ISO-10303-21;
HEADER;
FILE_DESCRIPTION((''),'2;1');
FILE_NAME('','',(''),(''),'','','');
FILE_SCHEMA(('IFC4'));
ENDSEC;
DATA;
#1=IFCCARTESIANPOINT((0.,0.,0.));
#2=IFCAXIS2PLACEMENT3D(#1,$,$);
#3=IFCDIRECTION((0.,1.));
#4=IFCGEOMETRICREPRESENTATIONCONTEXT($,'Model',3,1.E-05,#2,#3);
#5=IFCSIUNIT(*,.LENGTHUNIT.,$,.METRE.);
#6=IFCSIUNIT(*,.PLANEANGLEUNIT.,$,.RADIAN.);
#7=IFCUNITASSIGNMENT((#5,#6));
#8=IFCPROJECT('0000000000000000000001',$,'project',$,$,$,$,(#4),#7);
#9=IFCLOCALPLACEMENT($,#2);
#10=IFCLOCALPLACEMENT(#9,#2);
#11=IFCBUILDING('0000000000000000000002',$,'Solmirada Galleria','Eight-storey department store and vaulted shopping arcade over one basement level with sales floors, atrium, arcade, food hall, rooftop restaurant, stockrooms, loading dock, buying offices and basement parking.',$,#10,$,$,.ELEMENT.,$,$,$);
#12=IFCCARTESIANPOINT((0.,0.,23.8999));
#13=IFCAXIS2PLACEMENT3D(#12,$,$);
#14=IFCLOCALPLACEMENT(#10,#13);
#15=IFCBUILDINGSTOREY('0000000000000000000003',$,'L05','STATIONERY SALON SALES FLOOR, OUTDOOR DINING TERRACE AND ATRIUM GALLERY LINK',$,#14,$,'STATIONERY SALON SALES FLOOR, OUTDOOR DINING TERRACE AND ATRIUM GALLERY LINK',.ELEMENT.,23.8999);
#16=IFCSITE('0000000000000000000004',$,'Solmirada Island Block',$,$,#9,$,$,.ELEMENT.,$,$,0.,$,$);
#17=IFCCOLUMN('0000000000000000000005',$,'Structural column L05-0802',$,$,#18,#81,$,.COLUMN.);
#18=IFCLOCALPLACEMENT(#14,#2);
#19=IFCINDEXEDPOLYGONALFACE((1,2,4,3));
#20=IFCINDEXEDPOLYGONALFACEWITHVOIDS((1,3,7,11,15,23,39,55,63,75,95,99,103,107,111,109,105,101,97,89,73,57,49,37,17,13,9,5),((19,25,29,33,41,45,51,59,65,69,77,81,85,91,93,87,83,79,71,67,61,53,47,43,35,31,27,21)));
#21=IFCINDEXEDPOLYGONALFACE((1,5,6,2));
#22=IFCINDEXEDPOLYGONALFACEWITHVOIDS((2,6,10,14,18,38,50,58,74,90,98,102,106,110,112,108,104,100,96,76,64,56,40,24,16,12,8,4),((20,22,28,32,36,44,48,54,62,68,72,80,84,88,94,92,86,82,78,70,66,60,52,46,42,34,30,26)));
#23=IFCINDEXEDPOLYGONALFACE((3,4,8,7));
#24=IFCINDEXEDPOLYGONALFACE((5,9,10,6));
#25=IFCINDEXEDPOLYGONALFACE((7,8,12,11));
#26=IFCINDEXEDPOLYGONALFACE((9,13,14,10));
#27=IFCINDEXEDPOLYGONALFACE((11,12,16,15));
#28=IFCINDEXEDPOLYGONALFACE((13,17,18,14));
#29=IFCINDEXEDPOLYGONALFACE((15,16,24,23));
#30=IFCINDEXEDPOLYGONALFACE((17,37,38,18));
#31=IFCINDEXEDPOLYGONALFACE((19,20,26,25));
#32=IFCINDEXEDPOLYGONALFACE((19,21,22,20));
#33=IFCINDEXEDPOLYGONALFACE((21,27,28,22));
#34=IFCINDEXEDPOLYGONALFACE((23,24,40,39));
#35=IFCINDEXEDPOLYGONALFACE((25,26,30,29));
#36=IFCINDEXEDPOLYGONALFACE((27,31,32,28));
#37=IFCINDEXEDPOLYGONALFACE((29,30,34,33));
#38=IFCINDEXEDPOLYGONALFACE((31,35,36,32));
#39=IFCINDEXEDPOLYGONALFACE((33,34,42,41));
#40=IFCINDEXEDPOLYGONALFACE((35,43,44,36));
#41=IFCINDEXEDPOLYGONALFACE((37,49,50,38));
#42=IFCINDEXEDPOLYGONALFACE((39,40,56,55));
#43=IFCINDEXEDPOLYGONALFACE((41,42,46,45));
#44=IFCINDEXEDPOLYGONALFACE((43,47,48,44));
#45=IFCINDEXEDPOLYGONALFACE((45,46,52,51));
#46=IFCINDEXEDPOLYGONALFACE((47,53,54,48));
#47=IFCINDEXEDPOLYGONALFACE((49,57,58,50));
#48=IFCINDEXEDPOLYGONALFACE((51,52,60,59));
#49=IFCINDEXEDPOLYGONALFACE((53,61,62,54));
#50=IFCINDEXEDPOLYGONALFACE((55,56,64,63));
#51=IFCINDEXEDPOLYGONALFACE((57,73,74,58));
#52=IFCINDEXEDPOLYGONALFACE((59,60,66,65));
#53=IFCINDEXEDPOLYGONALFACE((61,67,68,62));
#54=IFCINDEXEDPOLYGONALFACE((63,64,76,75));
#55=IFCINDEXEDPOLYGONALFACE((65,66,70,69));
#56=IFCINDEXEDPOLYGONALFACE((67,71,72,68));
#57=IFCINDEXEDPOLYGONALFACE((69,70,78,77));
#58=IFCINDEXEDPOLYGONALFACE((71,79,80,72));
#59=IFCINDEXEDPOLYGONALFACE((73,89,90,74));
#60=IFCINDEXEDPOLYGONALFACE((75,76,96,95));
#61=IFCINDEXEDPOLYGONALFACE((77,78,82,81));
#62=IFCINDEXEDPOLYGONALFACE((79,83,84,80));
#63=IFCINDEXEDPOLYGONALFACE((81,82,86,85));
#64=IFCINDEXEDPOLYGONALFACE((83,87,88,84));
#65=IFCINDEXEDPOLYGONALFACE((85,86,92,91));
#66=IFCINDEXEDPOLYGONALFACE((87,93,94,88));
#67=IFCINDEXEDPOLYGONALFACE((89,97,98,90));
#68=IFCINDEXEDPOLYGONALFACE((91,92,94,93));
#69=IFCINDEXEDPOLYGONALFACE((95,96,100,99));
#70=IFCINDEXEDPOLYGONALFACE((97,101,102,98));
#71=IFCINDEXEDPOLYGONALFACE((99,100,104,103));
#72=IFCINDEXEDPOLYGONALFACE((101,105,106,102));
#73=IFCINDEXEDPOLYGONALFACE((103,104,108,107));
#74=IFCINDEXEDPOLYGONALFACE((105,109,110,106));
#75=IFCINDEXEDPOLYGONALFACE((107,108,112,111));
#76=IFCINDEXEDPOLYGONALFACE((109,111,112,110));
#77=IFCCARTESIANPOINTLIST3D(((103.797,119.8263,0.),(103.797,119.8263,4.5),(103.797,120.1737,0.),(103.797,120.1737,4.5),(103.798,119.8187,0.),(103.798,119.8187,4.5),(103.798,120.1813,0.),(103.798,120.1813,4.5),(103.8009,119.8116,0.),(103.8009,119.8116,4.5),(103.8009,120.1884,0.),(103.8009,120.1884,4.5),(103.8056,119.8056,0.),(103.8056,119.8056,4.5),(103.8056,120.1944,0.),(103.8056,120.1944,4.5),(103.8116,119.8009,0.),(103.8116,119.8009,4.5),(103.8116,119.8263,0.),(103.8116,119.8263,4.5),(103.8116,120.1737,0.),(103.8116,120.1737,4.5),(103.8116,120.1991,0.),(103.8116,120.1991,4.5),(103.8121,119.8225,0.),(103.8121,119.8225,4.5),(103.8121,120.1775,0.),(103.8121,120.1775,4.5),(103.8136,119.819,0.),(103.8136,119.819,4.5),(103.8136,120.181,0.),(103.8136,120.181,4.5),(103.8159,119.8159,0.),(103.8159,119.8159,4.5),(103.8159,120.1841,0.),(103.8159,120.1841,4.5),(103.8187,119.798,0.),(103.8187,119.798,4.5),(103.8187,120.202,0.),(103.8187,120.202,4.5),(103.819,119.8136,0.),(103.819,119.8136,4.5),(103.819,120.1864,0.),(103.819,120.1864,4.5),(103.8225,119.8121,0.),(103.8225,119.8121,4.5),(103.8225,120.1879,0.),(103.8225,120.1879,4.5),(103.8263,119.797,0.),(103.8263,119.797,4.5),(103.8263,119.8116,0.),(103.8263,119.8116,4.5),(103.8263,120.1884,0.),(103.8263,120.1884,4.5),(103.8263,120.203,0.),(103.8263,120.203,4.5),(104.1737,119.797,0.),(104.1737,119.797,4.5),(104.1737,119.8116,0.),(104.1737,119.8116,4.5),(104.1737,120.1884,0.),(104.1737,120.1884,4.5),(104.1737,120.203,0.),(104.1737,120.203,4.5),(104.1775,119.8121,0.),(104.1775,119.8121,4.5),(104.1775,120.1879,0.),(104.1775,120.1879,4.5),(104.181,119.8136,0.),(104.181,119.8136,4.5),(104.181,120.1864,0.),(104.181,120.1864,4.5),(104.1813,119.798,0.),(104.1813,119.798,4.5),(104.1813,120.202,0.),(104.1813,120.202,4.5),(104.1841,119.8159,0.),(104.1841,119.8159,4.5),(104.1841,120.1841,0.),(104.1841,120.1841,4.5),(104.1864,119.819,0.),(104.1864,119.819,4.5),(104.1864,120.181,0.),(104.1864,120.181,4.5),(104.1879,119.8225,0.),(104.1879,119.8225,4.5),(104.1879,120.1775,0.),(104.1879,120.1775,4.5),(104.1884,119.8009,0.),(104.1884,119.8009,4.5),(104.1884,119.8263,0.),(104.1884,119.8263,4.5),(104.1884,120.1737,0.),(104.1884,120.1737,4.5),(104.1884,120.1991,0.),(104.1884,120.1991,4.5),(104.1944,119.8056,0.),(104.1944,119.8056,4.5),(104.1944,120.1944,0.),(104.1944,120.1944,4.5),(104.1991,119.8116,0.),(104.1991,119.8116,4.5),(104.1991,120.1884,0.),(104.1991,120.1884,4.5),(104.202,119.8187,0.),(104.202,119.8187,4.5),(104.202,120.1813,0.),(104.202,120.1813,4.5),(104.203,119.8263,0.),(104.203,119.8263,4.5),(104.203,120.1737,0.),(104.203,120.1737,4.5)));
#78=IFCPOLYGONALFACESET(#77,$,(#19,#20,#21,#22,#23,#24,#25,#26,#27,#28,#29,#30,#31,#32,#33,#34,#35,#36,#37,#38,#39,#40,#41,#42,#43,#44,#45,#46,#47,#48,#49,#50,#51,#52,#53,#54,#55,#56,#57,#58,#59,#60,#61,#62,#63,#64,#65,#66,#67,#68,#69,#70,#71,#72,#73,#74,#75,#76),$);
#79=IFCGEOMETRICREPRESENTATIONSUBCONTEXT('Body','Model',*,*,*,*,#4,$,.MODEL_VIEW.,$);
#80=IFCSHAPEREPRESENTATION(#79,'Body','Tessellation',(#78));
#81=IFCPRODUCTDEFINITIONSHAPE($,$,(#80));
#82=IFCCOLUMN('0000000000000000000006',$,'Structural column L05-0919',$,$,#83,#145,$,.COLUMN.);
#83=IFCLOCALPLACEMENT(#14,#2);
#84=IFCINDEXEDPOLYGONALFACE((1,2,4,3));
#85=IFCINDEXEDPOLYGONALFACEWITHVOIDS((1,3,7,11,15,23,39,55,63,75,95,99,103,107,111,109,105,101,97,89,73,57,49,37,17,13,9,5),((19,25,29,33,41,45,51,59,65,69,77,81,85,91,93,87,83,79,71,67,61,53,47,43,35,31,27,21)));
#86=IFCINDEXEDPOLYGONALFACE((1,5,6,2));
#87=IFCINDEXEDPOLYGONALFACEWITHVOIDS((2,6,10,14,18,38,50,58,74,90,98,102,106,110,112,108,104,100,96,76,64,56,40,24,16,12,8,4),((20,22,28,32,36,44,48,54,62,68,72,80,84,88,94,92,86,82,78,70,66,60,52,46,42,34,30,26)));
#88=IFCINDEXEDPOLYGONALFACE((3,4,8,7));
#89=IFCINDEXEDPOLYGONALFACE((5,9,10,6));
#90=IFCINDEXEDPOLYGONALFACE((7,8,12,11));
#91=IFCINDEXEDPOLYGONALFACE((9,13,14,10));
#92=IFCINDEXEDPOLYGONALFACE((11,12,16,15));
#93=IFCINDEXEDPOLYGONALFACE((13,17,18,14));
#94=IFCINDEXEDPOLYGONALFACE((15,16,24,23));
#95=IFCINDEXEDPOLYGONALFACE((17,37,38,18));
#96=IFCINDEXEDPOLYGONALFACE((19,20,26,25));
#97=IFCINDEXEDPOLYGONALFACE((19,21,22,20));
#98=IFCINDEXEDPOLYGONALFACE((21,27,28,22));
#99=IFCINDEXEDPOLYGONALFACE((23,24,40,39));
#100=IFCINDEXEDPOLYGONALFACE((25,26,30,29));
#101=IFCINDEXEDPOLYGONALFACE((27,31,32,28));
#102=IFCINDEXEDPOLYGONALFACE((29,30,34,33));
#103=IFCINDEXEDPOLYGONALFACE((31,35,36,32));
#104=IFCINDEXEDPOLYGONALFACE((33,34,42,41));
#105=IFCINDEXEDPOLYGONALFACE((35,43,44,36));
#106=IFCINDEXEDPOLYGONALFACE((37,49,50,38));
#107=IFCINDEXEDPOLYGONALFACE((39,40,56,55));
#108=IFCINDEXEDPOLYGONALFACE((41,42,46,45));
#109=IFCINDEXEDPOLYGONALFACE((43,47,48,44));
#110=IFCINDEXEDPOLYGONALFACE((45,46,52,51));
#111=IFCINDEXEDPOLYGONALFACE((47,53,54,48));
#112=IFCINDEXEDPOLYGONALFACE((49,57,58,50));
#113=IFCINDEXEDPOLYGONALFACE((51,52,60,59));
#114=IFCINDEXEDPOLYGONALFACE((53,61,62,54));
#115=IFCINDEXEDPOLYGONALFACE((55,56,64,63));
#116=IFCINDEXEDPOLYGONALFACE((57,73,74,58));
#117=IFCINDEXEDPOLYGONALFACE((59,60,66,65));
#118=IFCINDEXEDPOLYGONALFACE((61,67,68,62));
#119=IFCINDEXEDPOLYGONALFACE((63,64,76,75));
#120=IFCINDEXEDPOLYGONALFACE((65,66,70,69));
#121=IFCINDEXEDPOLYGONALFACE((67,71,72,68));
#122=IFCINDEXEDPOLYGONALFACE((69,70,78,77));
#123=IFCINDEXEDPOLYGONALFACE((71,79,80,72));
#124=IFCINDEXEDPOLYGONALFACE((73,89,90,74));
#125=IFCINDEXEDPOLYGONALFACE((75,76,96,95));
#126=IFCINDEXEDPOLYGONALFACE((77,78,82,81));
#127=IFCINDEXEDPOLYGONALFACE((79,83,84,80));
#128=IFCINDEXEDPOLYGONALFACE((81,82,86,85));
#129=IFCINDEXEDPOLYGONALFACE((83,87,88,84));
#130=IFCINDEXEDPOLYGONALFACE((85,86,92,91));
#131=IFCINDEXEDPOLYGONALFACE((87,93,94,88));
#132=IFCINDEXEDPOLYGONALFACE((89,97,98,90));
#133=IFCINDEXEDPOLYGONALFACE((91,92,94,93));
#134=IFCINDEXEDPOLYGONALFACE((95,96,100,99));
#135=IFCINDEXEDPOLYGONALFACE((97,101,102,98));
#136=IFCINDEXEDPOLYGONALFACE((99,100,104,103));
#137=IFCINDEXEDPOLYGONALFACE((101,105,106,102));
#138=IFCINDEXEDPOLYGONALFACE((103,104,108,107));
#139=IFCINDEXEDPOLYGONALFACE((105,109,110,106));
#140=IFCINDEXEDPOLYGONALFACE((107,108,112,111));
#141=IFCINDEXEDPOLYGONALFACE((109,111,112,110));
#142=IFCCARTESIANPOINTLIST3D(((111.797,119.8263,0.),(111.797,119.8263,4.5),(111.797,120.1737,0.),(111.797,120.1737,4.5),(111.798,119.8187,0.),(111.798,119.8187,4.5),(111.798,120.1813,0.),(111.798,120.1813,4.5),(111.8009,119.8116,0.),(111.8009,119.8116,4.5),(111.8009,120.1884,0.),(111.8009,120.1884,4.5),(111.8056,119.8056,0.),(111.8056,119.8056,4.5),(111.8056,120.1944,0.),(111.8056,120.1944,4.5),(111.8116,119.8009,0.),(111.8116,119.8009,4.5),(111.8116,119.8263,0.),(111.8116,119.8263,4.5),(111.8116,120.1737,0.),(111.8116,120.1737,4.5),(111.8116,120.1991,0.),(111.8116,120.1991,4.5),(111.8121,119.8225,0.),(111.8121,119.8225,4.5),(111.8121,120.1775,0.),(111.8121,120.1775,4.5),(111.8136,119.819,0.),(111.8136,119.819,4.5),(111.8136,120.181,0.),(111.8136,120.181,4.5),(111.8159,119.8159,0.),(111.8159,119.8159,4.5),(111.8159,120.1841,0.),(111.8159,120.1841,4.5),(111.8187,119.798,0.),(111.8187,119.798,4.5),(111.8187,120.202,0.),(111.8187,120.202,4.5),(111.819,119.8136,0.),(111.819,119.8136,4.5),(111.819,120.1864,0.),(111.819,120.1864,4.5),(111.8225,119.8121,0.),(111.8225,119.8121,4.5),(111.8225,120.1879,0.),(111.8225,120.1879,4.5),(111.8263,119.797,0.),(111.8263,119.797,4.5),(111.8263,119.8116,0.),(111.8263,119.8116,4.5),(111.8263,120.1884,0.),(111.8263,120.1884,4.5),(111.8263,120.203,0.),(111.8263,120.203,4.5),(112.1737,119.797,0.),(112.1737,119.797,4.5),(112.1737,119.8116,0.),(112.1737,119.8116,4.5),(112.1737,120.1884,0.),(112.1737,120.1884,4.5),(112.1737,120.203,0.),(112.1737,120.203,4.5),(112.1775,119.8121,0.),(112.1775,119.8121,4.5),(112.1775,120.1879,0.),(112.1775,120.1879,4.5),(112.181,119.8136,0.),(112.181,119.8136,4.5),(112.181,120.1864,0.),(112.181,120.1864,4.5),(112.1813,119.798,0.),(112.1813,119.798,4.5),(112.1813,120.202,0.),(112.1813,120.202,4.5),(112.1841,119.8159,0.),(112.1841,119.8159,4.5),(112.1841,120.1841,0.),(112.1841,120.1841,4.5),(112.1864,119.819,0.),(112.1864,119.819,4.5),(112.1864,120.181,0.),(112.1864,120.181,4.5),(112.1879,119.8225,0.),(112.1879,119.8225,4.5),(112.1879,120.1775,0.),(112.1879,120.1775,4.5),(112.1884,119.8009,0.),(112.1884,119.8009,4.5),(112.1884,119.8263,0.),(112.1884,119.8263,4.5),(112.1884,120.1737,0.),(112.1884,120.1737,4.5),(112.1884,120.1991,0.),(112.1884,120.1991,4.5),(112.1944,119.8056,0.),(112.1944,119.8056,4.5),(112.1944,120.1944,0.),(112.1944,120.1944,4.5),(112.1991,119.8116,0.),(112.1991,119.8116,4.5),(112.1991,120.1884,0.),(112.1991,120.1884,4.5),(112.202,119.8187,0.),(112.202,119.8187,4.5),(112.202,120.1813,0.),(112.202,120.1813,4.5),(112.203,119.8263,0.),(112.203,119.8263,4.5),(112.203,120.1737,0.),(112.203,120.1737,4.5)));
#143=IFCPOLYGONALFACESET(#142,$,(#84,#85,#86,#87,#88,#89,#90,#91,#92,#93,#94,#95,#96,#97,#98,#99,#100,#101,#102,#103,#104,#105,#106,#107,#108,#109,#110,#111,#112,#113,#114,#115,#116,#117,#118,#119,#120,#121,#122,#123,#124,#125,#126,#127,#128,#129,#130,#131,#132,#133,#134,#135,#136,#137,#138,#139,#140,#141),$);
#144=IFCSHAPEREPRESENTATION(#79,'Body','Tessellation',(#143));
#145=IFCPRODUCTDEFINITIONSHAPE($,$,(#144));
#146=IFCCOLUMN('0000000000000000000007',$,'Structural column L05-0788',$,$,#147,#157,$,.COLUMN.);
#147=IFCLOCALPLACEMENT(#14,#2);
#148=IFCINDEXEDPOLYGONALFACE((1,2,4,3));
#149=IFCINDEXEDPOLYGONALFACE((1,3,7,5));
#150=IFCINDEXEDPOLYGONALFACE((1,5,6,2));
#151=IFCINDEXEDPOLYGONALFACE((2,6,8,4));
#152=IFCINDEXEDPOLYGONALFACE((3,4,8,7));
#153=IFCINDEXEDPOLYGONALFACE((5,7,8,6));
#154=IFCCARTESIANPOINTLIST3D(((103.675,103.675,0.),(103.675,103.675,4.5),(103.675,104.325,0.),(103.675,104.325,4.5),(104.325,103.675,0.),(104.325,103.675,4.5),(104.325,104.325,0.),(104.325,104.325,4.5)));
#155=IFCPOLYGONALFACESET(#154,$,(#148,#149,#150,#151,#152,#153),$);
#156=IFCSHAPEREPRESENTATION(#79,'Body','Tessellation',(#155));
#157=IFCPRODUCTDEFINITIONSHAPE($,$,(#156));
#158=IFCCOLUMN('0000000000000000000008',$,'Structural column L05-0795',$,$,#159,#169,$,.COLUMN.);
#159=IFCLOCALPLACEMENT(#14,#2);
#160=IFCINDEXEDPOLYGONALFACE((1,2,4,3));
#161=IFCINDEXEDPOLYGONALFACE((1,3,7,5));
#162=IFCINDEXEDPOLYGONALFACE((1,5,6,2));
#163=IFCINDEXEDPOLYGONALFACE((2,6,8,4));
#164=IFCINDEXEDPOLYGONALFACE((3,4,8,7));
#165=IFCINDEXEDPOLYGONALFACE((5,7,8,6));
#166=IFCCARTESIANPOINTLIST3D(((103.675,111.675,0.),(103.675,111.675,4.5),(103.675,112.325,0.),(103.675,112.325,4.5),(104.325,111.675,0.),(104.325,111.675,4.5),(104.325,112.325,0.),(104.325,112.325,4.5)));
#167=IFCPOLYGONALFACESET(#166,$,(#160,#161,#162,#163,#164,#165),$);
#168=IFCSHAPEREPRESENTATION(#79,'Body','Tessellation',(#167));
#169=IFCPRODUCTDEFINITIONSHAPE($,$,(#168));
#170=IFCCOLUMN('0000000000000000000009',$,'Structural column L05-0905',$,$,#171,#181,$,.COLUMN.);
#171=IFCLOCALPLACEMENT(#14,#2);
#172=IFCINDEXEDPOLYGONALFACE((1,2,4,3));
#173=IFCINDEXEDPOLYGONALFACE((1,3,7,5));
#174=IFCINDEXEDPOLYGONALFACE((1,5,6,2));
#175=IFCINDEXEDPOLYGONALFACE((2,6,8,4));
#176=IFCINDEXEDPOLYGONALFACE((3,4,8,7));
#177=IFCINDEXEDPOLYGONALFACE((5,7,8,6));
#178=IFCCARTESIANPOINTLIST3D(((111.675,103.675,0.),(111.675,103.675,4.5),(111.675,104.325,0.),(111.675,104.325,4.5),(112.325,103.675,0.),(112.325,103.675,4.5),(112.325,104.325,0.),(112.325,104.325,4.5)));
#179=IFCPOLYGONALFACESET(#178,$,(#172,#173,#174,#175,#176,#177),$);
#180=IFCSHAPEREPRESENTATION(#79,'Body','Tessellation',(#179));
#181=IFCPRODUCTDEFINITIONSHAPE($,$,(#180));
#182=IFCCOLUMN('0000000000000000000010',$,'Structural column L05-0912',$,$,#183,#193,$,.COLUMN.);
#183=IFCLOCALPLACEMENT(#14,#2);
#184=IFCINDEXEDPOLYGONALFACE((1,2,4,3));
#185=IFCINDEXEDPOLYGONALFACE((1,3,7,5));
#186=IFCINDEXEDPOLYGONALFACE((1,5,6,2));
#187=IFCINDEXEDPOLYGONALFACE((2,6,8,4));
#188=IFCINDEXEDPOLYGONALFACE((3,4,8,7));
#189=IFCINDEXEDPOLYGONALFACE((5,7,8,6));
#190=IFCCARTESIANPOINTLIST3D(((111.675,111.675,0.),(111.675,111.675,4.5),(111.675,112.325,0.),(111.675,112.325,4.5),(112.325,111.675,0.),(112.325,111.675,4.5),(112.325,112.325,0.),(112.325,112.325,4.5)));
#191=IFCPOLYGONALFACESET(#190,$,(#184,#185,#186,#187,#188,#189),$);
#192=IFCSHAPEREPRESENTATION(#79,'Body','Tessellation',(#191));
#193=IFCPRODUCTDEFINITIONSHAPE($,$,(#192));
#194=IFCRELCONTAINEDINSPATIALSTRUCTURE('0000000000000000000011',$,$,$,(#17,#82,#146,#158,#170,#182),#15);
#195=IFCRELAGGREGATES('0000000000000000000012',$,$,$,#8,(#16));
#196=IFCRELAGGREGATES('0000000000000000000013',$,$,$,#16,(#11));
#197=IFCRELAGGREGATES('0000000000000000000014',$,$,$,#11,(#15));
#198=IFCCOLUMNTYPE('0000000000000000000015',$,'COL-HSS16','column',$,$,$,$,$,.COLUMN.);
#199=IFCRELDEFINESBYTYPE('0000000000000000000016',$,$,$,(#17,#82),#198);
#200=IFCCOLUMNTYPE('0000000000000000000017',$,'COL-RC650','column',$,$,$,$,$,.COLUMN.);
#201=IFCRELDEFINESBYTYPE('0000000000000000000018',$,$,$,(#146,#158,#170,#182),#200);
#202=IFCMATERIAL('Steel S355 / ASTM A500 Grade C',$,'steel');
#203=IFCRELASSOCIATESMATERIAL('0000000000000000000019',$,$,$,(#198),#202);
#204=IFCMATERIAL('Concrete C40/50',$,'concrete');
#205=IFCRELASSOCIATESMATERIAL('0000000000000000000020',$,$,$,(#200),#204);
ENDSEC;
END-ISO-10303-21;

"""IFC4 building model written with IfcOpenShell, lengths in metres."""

from ifc_helpers import new_model, si_unit, direction, frame, origin, origin_2d, place, context, subcontext, project, spatial, rectangle, hollow_rectangle, extrude, material, material_profile, profile_set, type_object, element, save


model = new_model("IFC4")

# Units and contexts
model_context = context("Model", 3, precision=1e-05, world=origin(), true_north=direction((0.0, 1.0)))
body_context = subcontext(model_context, "Body", "Model", "MODEL_VIEW")
ifc_project = project(units=[si_unit("LENGTHUNIT", "METRE"), si_unit("PLANEANGLEUNIT", "RADIAN")], contexts=[model_context])

# Site, building, storey
site_placement = place(None, origin())
site = spatial("IfcSite", under=ifc_project, at=site_placement, Name="Solmirada Island Block", CompositionType="ELEMENT", RefElevation=0.0)
building_placement = place(site_placement, origin())
building = spatial("IfcBuilding", under=site, at=building_placement, Name="Solmirada Galleria", Description="Eight-storey department store and vaulted shopping arcade over one basement level with sales floors, atrium, arcade, food hall, rooftop restaurant, stockrooms, loading dock, buying offices and basement parking.", CompositionType="ELEMENT")
storey_placement = place(building_placement, frame((0.0, 0.0, 23.8999)))
storey = spatial("IfcBuildingStorey", under=building, at=storey_placement, Name="L05", Description="STATIONERY SALON SALES FLOOR, OUTDOOR DINING TERRACE AND ATRIUM GALLERY LINK", LongName="STATIONERY SALON SALES FLOOR, OUTDOOR DINING TERRACE AND ATRIUM GALLERY LINK", CompositionType="ELEMENT", Elevation=23.8999)

# Columns
ifc_material_1 = material(Name="Steel S355 / ASTM A500 Grade C", Category="steel")
ifc_material_profile_1 = material_profile(ifc_material_1, hollow_rectangle(XDim=0.406, YDim=0.406, WallThickness=0.0146, InnerFilletRadius=0.0146, OuterFilletRadius=0.0293, at=origin_2d()), Name="HSS16X16X5/8")
ifc_profile_set_1 = profile_set([ifc_material_profile_1], Name="Steel S355 / ASTM A500 Grade C")
column_type_1 = type_object("IfcColumnType", Name="COL-HSS16", Description="column", PredefinedType="COLUMN", material=ifc_profile_set_1)
for number, where, z_axis, x_axis, name in (
    (1, (104.0, 120.0, 0.0), (0.0, 0.0, 1.0), (1.0, 0.0, 0.0), "Structural column L05-0802"),
    (2, (112.0, 120.0, 0.0), (0.0, 0.0, 1.0), (1.0, 0.0, 0.0), "Structural column L05-0919"),
):
    element("IfcColumn", number, at=place(storey_placement, frame(where, z_axis=z_axis, x_axis=x_axis)), inside=storey, type_object=column_type_1, Name=name, PredefinedType="COLUMN", context=body_context, shape_type="SweptSolid", body=[
        extrude(hollow_rectangle(XDim=0.406, YDim=0.406, WallThickness=0.0146, InnerFilletRadius=0.0146, OuterFilletRadius=0.0293, at=origin_2d()), origin(), (0.0, 0.0, 1.0), 4.5),
    ])
ifc_material_2 = material(Name="Concrete C40/50", Category="concrete")
ifc_material_profile_2 = material_profile(ifc_material_2, rectangle(XDim=0.6499, YDim=0.6499, at=origin_2d()), Name="RC650X650")
ifc_profile_set_2 = profile_set([ifc_material_profile_2], Name="Concrete C40/50")
column_type_2 = type_object("IfcColumnType", Name="COL-RC650", Description="column", PredefinedType="COLUMN", material=ifc_profile_set_2)
for number, where, z_axis, x_axis, name in (
    (3, (104.0, 104.0, 0.0), (0.0, 0.0, 1.0), (1.0, 0.0, 0.0), "Structural column L05-0788"),
    (4, (104.0, 112.0, 0.0), (0.0, 0.0, 1.0), (1.0, 0.0, 0.0), "Structural column L05-0795"),
    (5, (112.0, 104.0, 0.0), (0.0, 0.0, 1.0), (1.0, 0.0, 0.0), "Structural column L05-0905"),
    (6, (112.0, 112.0, 0.0), (0.0, 0.0, 1.0), (1.0, 0.0, 0.0), "Structural column L05-0912"),
):
    element("IfcColumn", number, at=place(storey_placement, frame(where, z_axis=z_axis, x_axis=x_axis)), inside=storey, type_object=column_type_2, Name=name, PredefinedType="COLUMN", context=body_context, shape_type="SweptSolid", body=[
        extrude(rectangle(XDim=0.6499, YDim=0.6499, at=origin_2d()), origin(), (0.0, 0.0, 1.0), 4.5),
    ])

save(model, "model.ifc")
